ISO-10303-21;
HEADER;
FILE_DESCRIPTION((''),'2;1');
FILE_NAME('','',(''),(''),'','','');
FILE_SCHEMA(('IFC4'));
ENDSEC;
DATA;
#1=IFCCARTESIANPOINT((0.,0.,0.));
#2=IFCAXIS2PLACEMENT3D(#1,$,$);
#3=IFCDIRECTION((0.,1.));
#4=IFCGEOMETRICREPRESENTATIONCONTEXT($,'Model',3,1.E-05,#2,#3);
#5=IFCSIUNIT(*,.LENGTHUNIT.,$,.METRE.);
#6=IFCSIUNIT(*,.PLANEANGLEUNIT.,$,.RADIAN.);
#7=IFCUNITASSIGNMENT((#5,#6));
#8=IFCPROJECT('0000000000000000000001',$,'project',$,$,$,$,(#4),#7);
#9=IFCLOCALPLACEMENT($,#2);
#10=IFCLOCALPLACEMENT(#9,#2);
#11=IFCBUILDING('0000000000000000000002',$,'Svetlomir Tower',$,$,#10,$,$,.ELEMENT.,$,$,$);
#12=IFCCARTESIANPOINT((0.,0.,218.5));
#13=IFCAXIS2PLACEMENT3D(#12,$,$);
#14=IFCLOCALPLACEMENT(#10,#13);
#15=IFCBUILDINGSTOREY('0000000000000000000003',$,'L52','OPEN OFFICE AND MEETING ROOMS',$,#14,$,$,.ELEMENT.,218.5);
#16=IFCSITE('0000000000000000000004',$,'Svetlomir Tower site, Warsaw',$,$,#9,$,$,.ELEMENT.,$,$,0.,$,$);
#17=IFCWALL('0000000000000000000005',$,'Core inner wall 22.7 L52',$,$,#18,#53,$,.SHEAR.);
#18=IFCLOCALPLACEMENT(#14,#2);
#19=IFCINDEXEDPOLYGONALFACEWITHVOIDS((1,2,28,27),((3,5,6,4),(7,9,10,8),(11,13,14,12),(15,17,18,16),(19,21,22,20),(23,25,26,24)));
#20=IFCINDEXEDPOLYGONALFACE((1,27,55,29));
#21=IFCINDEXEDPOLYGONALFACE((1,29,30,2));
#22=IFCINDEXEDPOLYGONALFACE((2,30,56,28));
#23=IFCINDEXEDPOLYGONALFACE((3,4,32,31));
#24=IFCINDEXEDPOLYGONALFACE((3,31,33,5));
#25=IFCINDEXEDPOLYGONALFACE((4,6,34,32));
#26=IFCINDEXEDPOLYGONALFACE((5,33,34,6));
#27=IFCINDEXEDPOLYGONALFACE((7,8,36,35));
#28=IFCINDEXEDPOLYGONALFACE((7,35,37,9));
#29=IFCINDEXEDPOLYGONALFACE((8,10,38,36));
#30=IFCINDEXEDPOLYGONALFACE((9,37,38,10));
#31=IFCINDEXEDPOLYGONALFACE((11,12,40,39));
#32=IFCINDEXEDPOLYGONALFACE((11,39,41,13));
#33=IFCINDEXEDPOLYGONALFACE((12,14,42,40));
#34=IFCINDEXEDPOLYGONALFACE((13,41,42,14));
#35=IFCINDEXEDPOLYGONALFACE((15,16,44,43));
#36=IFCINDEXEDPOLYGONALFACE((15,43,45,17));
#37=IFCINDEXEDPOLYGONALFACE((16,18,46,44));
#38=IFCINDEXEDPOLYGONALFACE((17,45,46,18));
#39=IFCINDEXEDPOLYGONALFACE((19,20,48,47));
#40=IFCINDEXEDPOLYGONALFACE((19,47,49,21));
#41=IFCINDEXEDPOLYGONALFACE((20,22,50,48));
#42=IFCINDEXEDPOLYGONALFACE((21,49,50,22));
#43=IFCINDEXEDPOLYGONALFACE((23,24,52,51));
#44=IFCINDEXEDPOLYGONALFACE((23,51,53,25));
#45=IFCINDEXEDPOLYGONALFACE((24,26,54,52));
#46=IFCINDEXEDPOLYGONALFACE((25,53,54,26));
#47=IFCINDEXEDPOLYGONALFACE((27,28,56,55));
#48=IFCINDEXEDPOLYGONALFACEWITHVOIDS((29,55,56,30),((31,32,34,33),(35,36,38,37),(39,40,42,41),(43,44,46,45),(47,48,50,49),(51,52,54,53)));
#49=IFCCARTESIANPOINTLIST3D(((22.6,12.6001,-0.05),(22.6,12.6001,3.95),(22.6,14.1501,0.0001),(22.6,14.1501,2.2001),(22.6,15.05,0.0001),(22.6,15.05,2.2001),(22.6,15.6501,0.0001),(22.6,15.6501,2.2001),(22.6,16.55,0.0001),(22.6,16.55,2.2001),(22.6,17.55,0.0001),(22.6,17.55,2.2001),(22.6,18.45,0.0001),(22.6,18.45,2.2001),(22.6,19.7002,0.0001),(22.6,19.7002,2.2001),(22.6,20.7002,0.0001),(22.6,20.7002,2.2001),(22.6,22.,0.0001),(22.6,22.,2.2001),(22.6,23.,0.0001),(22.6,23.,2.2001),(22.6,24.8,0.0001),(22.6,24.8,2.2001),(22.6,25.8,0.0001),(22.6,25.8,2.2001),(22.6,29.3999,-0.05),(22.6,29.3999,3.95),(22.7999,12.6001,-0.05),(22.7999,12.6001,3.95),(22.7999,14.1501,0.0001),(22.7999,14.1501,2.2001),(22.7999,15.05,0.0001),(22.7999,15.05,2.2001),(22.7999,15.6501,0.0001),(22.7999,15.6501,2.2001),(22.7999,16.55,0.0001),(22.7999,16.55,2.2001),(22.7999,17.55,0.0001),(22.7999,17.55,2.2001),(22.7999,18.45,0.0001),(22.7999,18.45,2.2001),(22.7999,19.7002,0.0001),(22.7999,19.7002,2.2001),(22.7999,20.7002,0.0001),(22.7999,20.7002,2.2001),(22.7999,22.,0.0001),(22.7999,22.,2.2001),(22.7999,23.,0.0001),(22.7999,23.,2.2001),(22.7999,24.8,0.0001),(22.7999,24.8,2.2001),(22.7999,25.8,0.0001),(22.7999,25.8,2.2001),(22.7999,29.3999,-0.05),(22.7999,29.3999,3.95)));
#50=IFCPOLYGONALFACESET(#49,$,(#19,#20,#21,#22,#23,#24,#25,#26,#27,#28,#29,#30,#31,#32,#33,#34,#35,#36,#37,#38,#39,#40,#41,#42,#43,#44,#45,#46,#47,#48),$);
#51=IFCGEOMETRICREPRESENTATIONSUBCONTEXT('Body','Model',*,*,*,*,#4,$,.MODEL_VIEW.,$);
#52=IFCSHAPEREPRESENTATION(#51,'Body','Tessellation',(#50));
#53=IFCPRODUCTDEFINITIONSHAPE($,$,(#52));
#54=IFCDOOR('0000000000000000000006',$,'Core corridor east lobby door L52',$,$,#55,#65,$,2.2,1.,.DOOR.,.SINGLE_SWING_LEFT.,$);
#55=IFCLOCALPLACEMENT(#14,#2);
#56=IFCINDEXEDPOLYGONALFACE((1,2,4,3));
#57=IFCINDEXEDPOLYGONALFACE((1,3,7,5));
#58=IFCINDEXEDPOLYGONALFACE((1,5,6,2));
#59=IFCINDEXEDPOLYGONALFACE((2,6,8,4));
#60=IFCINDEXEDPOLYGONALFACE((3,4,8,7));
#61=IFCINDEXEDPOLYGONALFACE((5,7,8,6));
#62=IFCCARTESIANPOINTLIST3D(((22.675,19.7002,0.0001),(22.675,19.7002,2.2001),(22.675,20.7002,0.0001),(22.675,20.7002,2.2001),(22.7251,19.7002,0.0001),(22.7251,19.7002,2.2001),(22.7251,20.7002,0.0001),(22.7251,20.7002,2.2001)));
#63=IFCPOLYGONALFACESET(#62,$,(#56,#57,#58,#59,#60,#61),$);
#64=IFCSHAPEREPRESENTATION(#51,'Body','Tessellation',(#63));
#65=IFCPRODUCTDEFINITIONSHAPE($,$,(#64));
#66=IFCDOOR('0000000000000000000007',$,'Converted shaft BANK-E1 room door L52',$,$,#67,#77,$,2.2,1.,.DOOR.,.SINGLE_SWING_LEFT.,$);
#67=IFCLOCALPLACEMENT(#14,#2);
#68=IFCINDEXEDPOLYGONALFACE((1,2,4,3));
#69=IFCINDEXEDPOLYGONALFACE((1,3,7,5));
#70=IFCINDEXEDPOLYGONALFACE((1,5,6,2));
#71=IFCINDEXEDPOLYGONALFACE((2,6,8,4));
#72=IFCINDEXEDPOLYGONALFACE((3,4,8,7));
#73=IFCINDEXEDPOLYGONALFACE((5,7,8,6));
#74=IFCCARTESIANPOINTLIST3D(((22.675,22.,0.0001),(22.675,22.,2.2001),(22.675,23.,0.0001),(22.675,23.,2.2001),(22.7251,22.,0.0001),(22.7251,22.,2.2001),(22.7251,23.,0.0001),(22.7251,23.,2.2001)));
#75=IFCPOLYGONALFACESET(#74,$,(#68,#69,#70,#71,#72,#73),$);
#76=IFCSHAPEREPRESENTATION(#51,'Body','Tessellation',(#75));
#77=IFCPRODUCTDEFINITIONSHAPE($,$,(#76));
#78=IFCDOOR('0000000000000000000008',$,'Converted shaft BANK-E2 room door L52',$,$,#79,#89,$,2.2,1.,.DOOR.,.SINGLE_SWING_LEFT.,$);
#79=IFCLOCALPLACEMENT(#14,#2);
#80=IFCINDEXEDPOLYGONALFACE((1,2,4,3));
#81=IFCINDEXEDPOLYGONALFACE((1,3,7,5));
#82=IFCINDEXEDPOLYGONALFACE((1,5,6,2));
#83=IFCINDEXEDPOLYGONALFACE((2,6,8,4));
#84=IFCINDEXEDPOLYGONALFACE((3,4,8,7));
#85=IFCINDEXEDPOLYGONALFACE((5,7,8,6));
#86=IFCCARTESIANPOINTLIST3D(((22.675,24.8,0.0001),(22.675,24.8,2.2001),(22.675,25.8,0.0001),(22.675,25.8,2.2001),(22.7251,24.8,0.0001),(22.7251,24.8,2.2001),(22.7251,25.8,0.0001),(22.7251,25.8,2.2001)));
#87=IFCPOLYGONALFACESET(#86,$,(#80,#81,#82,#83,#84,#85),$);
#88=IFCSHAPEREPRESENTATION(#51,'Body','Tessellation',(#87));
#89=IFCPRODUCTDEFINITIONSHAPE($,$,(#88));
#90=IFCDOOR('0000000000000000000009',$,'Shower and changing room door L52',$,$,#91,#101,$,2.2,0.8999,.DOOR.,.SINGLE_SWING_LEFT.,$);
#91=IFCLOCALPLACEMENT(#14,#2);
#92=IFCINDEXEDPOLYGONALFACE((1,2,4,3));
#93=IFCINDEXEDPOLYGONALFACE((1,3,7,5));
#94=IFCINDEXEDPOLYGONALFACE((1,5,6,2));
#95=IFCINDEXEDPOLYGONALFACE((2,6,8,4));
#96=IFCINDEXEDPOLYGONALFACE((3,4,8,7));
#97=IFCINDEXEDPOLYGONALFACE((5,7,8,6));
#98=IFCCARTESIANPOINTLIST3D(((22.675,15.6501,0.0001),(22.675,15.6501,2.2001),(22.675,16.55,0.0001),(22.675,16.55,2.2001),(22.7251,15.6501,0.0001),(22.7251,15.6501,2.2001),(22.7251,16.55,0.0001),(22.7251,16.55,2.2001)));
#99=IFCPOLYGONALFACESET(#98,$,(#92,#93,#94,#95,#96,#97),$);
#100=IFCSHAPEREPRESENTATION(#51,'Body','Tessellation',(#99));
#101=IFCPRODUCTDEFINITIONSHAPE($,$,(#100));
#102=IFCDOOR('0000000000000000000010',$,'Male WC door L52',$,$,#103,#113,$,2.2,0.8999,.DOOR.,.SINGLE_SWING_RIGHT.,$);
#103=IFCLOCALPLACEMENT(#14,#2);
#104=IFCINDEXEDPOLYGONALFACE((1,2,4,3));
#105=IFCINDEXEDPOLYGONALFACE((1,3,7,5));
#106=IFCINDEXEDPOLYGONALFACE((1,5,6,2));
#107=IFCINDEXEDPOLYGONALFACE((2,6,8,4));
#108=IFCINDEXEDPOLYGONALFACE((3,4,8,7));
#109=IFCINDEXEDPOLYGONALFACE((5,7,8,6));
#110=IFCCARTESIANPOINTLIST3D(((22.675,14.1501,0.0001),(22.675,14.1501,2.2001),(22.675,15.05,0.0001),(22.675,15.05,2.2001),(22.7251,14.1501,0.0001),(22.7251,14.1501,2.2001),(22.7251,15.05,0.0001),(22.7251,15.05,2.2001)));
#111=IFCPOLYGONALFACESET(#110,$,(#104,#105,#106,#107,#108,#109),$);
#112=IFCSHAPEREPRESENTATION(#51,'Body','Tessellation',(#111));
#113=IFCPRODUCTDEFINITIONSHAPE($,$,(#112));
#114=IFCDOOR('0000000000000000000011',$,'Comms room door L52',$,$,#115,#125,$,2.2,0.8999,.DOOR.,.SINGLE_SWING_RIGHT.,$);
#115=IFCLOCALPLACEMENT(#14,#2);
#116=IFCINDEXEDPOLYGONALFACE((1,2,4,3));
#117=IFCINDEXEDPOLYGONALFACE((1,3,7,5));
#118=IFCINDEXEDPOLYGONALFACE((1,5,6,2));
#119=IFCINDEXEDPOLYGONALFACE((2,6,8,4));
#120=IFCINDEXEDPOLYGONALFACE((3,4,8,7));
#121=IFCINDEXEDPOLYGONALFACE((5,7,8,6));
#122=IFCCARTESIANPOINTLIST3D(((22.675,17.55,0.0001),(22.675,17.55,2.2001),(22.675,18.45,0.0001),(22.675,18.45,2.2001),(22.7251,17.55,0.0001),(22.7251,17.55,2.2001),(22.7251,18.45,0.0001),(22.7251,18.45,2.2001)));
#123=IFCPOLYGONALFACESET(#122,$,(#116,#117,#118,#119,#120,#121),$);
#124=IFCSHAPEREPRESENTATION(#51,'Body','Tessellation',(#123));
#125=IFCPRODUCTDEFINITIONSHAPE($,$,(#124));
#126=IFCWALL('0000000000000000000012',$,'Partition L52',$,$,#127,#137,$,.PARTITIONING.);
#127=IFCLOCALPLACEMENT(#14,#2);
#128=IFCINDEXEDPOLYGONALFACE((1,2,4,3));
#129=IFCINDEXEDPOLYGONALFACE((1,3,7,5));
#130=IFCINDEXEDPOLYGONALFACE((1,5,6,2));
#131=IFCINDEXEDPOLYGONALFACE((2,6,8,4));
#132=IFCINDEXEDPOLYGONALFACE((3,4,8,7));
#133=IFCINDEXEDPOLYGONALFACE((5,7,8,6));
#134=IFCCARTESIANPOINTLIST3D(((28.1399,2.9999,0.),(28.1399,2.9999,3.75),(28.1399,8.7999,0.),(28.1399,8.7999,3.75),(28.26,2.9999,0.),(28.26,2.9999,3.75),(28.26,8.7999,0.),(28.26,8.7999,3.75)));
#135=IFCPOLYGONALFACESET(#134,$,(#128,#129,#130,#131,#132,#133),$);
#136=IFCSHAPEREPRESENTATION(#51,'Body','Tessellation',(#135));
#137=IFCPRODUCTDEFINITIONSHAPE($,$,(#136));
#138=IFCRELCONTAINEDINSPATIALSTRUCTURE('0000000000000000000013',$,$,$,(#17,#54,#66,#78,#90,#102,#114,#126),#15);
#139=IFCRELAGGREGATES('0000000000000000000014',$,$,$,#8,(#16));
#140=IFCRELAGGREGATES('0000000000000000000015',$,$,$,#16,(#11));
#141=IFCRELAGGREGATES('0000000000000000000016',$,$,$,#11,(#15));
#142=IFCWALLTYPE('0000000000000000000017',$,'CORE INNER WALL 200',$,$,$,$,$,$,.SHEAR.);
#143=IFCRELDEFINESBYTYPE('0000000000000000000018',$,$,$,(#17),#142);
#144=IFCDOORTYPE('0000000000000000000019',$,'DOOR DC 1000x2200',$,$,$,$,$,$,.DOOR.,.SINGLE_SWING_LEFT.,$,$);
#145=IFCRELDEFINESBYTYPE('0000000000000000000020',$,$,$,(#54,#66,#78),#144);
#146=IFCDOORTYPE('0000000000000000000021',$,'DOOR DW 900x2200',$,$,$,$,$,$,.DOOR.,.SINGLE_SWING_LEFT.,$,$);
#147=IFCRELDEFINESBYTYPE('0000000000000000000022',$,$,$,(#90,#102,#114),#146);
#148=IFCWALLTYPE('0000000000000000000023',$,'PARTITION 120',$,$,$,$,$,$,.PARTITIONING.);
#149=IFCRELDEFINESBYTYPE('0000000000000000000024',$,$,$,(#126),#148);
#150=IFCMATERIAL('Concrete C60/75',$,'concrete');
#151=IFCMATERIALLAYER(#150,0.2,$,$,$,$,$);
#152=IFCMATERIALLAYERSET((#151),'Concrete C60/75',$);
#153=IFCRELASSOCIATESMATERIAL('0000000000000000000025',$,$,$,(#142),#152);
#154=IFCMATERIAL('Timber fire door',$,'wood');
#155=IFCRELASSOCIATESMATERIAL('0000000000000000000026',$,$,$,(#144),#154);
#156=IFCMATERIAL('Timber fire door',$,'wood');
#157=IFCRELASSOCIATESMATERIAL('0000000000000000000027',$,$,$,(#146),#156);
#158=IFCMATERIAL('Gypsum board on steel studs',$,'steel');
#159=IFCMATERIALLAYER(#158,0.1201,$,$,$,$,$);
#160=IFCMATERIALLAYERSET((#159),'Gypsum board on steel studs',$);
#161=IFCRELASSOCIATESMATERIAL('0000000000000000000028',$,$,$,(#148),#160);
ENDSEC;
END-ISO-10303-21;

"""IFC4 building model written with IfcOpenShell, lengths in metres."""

from ifc_helpers import new_model, si_unit, direction, frame, frame_2d, origin, place, context, subcontext, project, spatial, rectangle, extrude, material, layer, layer_set, type_object, element, fill, save


model = new_model("IFC4")

# Units and contexts
model_context = context("Model", 3, precision=1e-05, world=origin(), true_north=direction((0.0, 1.0)))
body_context = subcontext(model_context, "Body", "Model", "MODEL_VIEW")
ifc_project = project(units=[si_unit("LENGTHUNIT", "METRE"), si_unit("PLANEANGLEUNIT", "RADIAN")], contexts=[model_context])

# Site, building, storey
site_placement = place(None, origin())
site = spatial("IfcSite", under=ifc_project, at=site_placement, Name="Svetlomir Tower site, Warsaw", CompositionType="ELEMENT", RefElevation=0.0)
building_placement = place(site_placement, origin())
building = spatial("IfcBuilding", under=site, at=building_placement, Name="Svetlomir Tower", CompositionType="ELEMENT")
storey_placement = place(building_placement, frame((0.0, 0.0, 218.5)))
storey = spatial("IfcBuildingStorey", under=building, at=storey_placement, Name="L52", Description="OPEN OFFICE AND MEETING ROOMS", CompositionType="ELEMENT", Elevation=218.5)

# Wall, openings, doors
ifc_material_1 = material(Name="Concrete C60/75", Category="concrete")
ifc_layer_1 = layer(ifc_material_1, 0.2)
ifc_layer_set_1 = layer_set([ifc_layer_1], Name="Concrete C60/75")
wall_type_1 = type_object("IfcWallType", Name="CORE INNER WALL 200", PredefinedType="SHEAR", material=ifc_layer_set_1)
ifc_material_2 = material(Name="Timber fire door", Category="wood")
door_type_1 = type_object("IfcDoorType", Name="DOOR DC 1000x2200", OperationType="SINGLE_SWING_LEFT", PredefinedType="DOOR", material=ifc_material_2)
ifc_material_3 = material(Name="Timber fire door", Category="wood")
door_type_2 = type_object("IfcDoorType", Name="DOOR DW 900x2200", OperationType="SINGLE_SWING_LEFT", PredefinedType="DOOR", material=ifc_material_3)
wall_1_placement = place(storey_placement, frame((22.7, 12.6001, -0.05), z_axis=(0.0, 0.0, 1.0), x_axis=(0.0, 1.0, 0.0)))
wall_1 = element("IfcWall", 1, at=wall_1_placement, inside=storey, type_object=wall_type_1, Name="Core inner wall 22.7 L52", PredefinedType="SHEAR", context=body_context, shape_type="SweptSolid", body=[
    extrude(rectangle(XDim=16.7998, YDim=0.2, at=frame_2d((8.3999, 0.0))), origin(), (0.0, 0.0, 1.0), 4.0),
])
opening_1_placement = place(wall_1_placement, frame((3.05, 0.0, 0.05)))
opening_1 = element("IfcOpeningElement", 2, at=opening_1_placement, cuts=wall_1, PredefinedType="OPENING", context=body_context, shape_type="SweptSolid", body=[
    extrude(rectangle(XDim=0.8999, YDim=2.2, at=frame_2d((0.45, 1.1001))), frame((0.0, 0.1099, 0.0), z_axis=(0.0, -1.0, 0.0), x_axis=(1.0, 0.0, 0.0)), (0.0, 0.0, 1.0), 0.22),
])
opening_2_placement = place(wall_1_placement, frame((7.1001, 0.0, 0.05)))
opening_2 = element("IfcOpeningElement", 3, at=opening_2_placement, cuts=wall_1, PredefinedType="OPENING", context=body_context, shape_type="SweptSolid", body=[
    extrude(rectangle(XDim=1.0, YDim=2.2, at=frame_2d((0.5, 1.1001))), frame((0.0, 0.1099, 0.0), z_axis=(0.0, -1.0, 0.0), x_axis=(1.0, 0.0, 0.0)), (0.0, 0.0, 1.0), 0.22),
])
opening_3_placement = place(wall_1_placement, frame((1.55, 0.0, 0.05)))
opening_3 = element("IfcOpeningElement", 4, at=opening_3_placement, cuts=wall_1, PredefinedType="OPENING", context=body_context, shape_type="SweptSolid", body=[
    extrude(rectangle(XDim=0.8999, YDim=2.2, at=frame_2d((0.45, 1.1001))), frame((0.0, 0.1099, 0.0), z_axis=(0.0, -1.0, 0.0), x_axis=(1.0, 0.0, 0.0)), (0.0, 0.0, 1.0), 0.22),
])
opening_4_placement = place(wall_1_placement, frame((4.95, 0.0, 0.05)))
opening_4 = element("IfcOpeningElement", 5, at=opening_4_placement, cuts=wall_1, PredefinedType="OPENING", context=body_context, shape_type="SweptSolid", body=[
    extrude(rectangle(XDim=0.8999, YDim=2.2, at=frame_2d((0.45, 1.1001))), frame((0.0, 0.1099, 0.0), z_axis=(0.0, -1.0, 0.0), x_axis=(1.0, 0.0, 0.0)), (0.0, 0.0, 1.0), 0.22),
])
opening_5_placement = place(wall_1_placement, frame((9.3999, 0.0, 0.05)))
opening_5 = element("IfcOpeningElement", 6, at=opening_5_placement, cuts=wall_1, PredefinedType="OPENING", context=body_context, shape_type="SweptSolid", body=[
    extrude(rectangle(XDim=1.0, YDim=2.2, at=frame_2d((0.5, 1.1001))), frame((0.0, 0.1099, 0.0), z_axis=(0.0, -1.0, 0.0), x_axis=(1.0, 0.0, 0.0)), (0.0, 0.0, 1.0), 0.22),
])
opening_6_placement = place(wall_1_placement, frame((12.2, 0.0, 0.05)))
opening_6 = element("IfcOpeningElement", 7, at=opening_6_placement, cuts=wall_1, PredefinedType="OPENING", context=body_context, shape_type="SweptSolid", body=[
    extrude(rectangle(XDim=1.0, YDim=2.2, at=frame_2d((0.5, 1.1001))), frame((0.0, 0.1099, 0.0), z_axis=(0.0, -1.0, 0.0), x_axis=(1.0, 0.0, 0.0)), (0.0, 0.0, 1.0), 0.22),
])
door_1_placement = place(opening_2_placement, origin())
door_1 = element("IfcDoor", 8, at=door_1_placement, inside=storey, type_object=door_type_1, Name="Core corridor east lobby door L52", OperationType="SINGLE_SWING_LEFT", OverallHeight=2.2, OverallWidth=1.0, PredefinedType="DOOR", context=body_context, shape_type="SweptSolid", body=[
    extrude(rectangle(XDim=1.0, YDim=2.2, at=frame_2d((0.5, 1.1001))), frame((0.0, 0.0249, 0.0), z_axis=(0.0, -1.0, 0.0), x_axis=(1.0, 0.0, 0.0)), (0.0, 0.0, 1.0), 0.05),
])
fill(opening_2, door_1)
door_2_placement = place(opening_5_placement, origin())
door_2 = element("IfcDoor", 9, at=door_2_placement, inside=storey, type_object=door_type_1, Name="Converted shaft BANK-E1 room door L52", OperationType="SINGLE_SWING_LEFT", OverallHeight=2.2, OverallWidth=1.0, PredefinedType="DOOR", context=body_context, shape_type="SweptSolid", body=[
    extrude(rectangle(XDim=1.0, YDim=2.2, at=frame_2d((0.5, 1.1001))), frame((0.0, 0.0249, 0.0), z_axis=(0.0, -1.0, 0.0), x_axis=(1.0, 0.0, 0.0)), (0.0, 0.0, 1.0), 0.05),
])
fill(opening_5, door_2)
door_3_placement = place(opening_6_placement, origin())
door_3 = element("IfcDoor", 10, at=door_3_placement, inside=storey, type_object=door_type_1, Name="Converted shaft BANK-E2 room door L52", OperationType="SINGLE_SWING_LEFT", OverallHeight=2.2, OverallWidth=1.0, PredefinedType="DOOR", context=body_context, shape_type="SweptSolid", body=[
    extrude(rectangle(XDim=1.0, YDim=2.2, at=frame_2d((0.5, 1.1001))), frame((0.0, 0.0249, 0.0), z_axis=(0.0, -1.0, 0.0), x_axis=(1.0, 0.0, 0.0)), (0.0, 0.0, 1.0), 0.05),
])
fill(opening_6, door_3)
door_4_placement = place(opening_1_placement, origin())
door_4 = element("IfcDoor", 11, at=door_4_placement, inside=storey, type_object=door_type_2, Name="Shower and changing room door L52", OperationType="SINGLE_SWING_LEFT", OverallHeight=2.2, OverallWidth=0.8999, PredefinedType="DOOR", context=body_context, shape_type="SweptSolid", body=[
    extrude(rectangle(XDim=0.8999, YDim=2.2, at=frame_2d((0.45, 1.1001))), frame((0.0, 0.0249, 0.0), z_axis=(0.0, -1.0, 0.0), x_axis=(1.0, 0.0, 0.0)), (0.0, 0.0, 1.0), 0.05),
])
fill(opening_1, door_4)
door_5_placement = place(opening_3_placement, origin())
door_5 = element("IfcDoor", 12, at=door_5_placement, inside=storey, type_object=door_type_2, Name="Male WC door L52", OperationType="SINGLE_SWING_RIGHT", OverallHeight=2.2, OverallWidth=0.8999, PredefinedType="DOOR", context=body_context, shape_type="SweptSolid", body=[
    extrude(rectangle(XDim=0.8999, YDim=2.2, at=frame_2d((0.45, 1.1001))), frame((0.0, 0.0249, 0.0), z_axis=(0.0, -1.0, 0.0), x_axis=(1.0, 0.0, 0.0)), (0.0, 0.0, 1.0), 0.05),
])
fill(opening_3, door_5)
door_6_placement = place(opening_4_placement, origin())
door_6 = element("IfcDoor", 13, at=door_6_placement, inside=storey, type_object=door_type_2, Name="Comms room door L52", OperationType="SINGLE_SWING_RIGHT", OverallHeight=2.2, OverallWidth=0.8999, PredefinedType="DOOR", context=body_context, shape_type="SweptSolid", body=[
    extrude(rectangle(XDim=0.8999, YDim=2.2, at=frame_2d((0.45, 1.1001))), frame((0.0, 0.0249, 0.0), z_axis=(0.0, -1.0, 0.0), x_axis=(1.0, 0.0, 0.0)), (0.0, 0.0, 1.0), 0.05),
])
fill(opening_4, door_6)

# Wall
ifc_material_4 = material(Name="Gypsum board on steel studs", Category="steel")
ifc_layer_2 = layer(ifc_material_4, 0.1201)
ifc_layer_set_2 = layer_set([ifc_layer_2], Name="Gypsum board on steel studs")
wall_type_2 = type_object("IfcWallType", Name="PARTITION 120", PredefinedType="PARTITIONING", material=ifc_layer_set_2)
wall_2_placement = place(storey_placement, frame((28.2, 3.0, 0.0), z_axis=(0.0, 0.0, 1.0), x_axis=(0.0, 1.0, 0.0)))
element("IfcWall", 14, at=wall_2_placement, inside=storey, type_object=wall_type_2, Name="Partition L52", PredefinedType="PARTITIONING", context=body_context, shape_type="SweptSolid", body=[
    extrude(rectangle(XDim=5.8, YDim=0.1201, at=frame_2d((2.8999, 0.0))), origin(), (0.0, 0.0, 1.0), 3.75),
])

save(model, "model.ifc")
